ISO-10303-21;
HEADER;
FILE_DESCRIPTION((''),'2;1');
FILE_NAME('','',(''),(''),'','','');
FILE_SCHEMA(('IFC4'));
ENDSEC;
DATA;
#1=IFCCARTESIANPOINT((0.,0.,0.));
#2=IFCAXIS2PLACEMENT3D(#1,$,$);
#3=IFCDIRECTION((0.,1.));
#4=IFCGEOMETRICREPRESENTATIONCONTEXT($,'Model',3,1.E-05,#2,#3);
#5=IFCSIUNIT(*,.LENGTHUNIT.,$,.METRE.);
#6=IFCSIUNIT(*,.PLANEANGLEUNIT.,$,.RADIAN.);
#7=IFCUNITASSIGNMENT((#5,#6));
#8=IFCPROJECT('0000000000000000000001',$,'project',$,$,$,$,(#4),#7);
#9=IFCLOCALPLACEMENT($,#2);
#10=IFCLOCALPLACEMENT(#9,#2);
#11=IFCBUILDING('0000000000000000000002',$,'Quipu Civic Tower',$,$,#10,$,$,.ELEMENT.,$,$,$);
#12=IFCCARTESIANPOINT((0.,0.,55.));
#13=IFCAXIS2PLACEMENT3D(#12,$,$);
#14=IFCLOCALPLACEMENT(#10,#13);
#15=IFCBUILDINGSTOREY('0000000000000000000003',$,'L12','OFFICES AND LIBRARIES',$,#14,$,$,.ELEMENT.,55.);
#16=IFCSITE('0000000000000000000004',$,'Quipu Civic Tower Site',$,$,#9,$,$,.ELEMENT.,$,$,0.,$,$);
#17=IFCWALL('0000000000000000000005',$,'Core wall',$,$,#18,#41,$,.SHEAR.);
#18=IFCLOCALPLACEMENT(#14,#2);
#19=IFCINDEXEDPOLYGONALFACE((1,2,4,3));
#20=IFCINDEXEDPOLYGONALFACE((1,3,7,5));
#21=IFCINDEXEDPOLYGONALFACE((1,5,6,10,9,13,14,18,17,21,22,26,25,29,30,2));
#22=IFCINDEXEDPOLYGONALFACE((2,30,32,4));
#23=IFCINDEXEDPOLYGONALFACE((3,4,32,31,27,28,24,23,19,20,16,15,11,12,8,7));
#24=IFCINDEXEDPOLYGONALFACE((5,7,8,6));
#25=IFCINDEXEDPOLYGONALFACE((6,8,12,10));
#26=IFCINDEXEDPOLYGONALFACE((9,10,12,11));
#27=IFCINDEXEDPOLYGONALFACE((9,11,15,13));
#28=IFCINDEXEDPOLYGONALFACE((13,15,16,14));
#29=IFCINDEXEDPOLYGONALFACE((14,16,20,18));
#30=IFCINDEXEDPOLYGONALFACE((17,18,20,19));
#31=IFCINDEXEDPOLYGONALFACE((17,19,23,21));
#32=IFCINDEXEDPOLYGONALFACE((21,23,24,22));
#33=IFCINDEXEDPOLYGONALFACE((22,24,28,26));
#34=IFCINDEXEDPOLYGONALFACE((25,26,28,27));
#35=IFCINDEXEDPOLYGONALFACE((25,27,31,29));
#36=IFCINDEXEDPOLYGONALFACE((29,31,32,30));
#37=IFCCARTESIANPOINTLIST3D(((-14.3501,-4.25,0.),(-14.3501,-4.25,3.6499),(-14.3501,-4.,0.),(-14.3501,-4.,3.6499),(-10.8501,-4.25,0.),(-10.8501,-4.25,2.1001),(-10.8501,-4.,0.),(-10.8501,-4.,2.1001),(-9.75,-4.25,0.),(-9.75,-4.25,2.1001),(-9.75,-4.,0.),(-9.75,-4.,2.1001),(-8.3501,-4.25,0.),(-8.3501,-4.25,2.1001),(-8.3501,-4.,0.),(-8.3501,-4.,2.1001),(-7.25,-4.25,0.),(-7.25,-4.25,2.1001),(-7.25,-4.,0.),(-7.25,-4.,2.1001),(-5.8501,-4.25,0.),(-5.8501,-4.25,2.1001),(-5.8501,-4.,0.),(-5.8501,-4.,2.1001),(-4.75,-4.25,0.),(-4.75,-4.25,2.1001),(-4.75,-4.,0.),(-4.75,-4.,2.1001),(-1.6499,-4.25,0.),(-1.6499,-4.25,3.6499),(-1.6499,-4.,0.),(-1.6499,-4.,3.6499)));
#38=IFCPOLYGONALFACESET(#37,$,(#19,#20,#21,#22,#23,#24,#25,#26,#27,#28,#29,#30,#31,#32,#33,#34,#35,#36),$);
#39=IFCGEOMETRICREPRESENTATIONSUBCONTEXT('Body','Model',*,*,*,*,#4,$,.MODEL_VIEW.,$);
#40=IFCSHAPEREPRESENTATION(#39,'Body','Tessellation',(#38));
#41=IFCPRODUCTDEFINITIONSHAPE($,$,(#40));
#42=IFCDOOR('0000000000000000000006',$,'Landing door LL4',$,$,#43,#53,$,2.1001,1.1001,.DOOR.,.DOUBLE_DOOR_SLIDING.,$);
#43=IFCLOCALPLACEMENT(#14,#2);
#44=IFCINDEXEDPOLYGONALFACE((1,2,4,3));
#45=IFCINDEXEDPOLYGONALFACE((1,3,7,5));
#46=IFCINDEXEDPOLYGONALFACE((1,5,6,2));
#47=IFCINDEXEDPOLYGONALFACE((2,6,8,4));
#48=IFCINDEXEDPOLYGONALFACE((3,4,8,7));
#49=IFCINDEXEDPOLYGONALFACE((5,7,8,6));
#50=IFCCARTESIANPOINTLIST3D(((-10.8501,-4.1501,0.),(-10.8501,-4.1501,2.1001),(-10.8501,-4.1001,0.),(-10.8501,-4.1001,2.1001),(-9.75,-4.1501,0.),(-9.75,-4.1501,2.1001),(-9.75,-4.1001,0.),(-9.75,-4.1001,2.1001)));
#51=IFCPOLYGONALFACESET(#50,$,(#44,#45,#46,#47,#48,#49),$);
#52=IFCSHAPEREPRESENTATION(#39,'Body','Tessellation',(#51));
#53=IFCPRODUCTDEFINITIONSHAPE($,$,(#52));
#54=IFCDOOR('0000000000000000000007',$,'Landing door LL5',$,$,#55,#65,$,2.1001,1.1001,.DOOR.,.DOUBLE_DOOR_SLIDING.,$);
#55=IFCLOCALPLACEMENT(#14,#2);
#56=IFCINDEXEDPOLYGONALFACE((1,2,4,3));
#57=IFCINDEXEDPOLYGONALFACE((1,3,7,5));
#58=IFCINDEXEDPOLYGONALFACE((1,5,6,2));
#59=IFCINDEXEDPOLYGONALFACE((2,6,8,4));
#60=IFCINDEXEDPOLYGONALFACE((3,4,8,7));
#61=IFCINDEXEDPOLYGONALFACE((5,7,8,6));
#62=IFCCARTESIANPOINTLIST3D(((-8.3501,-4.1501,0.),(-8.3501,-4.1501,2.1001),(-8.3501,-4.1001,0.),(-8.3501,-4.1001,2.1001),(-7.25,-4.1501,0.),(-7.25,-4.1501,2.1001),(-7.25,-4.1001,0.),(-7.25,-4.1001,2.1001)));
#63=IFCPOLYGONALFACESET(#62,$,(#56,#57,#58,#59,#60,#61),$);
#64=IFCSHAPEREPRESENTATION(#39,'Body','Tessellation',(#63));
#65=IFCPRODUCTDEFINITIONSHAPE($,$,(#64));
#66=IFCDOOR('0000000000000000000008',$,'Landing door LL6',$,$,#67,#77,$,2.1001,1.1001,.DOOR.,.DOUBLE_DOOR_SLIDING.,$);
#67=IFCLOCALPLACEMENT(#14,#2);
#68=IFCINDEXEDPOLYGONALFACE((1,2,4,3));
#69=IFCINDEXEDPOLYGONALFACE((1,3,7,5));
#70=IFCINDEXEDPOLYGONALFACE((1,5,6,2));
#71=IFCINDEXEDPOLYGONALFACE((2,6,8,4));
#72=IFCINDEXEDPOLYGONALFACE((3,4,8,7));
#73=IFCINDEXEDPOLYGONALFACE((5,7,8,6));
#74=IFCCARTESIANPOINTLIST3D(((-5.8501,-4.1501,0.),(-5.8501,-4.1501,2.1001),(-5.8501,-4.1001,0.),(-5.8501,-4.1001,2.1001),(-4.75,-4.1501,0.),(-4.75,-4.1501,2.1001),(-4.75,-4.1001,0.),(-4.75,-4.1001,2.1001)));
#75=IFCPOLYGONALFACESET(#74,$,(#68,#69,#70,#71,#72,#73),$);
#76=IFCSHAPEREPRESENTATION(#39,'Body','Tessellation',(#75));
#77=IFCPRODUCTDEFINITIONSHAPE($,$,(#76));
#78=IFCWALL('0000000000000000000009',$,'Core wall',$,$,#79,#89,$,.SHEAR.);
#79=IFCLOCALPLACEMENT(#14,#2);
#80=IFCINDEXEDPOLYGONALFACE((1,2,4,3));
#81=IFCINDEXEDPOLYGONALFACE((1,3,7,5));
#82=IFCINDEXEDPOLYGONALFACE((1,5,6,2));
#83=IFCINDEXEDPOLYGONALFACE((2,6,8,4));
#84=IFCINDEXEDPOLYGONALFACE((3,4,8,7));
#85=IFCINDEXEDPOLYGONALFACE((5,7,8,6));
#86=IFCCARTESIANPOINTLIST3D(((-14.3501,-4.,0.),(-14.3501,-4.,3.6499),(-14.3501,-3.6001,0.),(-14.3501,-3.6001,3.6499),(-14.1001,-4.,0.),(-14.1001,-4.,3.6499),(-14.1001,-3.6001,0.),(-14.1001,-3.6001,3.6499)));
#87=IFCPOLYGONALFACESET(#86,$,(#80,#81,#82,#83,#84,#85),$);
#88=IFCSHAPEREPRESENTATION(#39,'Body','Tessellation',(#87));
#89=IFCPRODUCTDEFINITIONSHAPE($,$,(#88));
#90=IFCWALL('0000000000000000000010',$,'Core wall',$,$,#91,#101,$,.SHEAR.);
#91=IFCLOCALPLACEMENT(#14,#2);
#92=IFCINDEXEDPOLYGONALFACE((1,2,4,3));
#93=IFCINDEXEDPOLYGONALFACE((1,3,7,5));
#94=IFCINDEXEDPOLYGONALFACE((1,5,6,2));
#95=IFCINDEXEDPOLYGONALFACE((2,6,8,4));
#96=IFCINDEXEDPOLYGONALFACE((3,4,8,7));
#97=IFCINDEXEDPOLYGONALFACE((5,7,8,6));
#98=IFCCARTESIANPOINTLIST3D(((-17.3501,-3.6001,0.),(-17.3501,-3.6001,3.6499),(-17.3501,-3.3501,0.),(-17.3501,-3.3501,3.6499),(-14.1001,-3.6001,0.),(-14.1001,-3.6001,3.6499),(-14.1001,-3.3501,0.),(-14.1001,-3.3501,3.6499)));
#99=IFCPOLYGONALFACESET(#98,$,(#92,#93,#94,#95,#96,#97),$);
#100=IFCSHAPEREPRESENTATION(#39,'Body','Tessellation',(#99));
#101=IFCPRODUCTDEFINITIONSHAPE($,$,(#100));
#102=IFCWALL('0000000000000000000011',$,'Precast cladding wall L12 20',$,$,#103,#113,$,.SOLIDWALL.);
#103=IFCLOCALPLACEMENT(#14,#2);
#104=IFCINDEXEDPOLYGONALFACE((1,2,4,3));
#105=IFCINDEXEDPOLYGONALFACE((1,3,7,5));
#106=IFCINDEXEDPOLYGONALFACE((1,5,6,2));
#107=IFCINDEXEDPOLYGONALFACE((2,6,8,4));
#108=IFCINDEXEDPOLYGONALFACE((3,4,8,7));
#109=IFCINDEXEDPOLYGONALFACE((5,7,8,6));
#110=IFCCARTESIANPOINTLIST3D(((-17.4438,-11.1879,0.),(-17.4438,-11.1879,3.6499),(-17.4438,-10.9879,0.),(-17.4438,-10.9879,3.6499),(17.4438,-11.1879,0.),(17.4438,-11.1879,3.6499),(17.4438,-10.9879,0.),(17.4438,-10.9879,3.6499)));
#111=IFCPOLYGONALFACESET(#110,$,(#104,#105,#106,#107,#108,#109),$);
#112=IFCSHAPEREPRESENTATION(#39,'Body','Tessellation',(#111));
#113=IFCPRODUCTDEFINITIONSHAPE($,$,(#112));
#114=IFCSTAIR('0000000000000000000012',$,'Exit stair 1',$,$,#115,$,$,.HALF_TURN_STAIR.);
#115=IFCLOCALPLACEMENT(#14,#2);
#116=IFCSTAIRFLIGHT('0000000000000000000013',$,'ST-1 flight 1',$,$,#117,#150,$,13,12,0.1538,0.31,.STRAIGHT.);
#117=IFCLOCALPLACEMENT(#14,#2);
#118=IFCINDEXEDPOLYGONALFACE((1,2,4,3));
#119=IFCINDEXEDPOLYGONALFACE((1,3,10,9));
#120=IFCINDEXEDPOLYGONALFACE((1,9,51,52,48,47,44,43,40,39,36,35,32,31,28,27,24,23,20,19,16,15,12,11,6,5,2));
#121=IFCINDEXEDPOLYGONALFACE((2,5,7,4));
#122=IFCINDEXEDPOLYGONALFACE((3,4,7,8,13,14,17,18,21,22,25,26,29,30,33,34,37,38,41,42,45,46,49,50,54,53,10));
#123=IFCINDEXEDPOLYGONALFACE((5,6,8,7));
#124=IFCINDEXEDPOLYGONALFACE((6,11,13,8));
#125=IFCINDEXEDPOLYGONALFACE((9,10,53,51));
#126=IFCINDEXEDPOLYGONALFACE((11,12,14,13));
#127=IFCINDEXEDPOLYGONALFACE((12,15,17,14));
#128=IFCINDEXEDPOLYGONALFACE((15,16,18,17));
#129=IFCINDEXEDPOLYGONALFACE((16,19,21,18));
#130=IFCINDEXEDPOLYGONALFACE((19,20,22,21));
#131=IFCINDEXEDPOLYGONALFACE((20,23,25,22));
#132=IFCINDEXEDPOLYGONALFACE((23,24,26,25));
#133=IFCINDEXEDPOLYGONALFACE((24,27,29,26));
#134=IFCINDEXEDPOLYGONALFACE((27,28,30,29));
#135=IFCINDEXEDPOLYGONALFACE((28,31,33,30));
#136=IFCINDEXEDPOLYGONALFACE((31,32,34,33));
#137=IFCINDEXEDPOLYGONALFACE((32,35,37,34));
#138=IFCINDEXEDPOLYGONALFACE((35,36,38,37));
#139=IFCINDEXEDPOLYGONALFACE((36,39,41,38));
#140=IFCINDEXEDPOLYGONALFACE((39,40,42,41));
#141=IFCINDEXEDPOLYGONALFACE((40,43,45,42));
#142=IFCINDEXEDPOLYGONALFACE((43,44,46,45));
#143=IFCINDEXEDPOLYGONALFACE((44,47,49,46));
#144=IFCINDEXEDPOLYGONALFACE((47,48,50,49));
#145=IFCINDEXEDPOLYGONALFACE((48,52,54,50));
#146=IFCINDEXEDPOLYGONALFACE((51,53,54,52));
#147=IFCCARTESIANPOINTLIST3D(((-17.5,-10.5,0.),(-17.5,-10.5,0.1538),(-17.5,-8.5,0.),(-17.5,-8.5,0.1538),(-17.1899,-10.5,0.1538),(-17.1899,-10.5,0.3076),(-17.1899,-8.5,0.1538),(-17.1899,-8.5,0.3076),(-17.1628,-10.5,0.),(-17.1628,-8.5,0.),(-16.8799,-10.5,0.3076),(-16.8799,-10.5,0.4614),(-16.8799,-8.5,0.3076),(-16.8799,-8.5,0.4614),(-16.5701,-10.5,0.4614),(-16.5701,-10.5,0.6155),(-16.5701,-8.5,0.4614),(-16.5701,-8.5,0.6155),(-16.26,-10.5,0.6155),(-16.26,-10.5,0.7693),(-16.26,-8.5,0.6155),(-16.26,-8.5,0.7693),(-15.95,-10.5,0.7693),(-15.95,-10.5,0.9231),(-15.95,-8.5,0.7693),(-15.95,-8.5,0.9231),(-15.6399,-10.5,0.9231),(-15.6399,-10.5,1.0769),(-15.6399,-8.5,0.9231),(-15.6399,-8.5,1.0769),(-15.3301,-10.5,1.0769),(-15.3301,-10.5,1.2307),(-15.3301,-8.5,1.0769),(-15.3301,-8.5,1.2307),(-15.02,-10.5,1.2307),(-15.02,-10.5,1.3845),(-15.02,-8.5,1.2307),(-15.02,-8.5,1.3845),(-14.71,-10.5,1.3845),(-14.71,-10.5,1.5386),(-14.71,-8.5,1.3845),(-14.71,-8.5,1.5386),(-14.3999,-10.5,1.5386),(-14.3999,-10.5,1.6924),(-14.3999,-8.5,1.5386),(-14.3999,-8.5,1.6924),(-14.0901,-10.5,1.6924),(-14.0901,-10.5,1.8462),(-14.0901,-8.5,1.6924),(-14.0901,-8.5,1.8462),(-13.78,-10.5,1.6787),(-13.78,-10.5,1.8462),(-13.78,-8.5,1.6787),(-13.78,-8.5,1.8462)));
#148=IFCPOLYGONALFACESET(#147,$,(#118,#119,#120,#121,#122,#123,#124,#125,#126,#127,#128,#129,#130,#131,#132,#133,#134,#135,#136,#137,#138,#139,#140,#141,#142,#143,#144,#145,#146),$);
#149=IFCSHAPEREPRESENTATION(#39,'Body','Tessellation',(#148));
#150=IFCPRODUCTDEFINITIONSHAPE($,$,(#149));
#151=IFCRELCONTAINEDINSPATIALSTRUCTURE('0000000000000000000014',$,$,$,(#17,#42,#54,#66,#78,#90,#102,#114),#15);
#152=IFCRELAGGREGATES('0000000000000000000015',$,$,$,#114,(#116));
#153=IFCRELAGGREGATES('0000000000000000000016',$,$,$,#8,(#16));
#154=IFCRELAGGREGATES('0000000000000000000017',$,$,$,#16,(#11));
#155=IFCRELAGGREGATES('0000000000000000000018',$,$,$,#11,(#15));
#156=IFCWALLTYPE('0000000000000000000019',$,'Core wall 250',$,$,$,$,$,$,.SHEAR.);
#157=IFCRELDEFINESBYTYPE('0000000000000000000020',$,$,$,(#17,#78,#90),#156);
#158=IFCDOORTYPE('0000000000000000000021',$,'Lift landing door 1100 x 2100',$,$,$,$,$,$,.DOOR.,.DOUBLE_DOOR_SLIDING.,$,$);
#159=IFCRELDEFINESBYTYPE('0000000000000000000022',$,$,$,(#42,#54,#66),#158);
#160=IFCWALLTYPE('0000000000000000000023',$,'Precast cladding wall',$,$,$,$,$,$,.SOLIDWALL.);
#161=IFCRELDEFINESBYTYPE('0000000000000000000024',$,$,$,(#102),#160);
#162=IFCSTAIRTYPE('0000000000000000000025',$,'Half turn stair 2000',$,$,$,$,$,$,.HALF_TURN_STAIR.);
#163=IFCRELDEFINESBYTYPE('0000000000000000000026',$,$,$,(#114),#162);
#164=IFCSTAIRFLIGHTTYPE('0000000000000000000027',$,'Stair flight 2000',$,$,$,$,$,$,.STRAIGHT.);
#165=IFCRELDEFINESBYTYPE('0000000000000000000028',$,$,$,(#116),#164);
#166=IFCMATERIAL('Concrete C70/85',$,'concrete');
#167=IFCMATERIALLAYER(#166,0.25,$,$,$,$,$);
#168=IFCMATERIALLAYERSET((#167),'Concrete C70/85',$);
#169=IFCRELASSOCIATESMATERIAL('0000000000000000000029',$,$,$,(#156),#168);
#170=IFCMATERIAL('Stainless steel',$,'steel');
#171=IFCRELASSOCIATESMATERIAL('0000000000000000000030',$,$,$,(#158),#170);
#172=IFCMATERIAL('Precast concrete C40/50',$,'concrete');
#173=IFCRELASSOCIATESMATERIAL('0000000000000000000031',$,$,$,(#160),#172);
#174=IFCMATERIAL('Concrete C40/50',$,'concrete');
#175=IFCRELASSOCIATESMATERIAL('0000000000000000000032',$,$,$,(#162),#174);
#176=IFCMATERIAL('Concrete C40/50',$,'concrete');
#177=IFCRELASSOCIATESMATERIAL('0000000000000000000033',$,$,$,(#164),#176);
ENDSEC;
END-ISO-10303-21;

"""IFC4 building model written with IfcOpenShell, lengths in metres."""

from ifc_helpers import new_model, si_unit, direction, frame, frame_2d, origin, place, context, subcontext, project, spatial, polyline, rectangle, outline, extrude, material, layer, layer_set, type_object, element, fill, aggregate, save


model = new_model("IFC4")

# Units and contexts
model_context = context("Model", 3, precision=1e-05, world=origin(), true_north=direction((0.0, 1.0)))
body_context = subcontext(model_context, "Body", "Model", "MODEL_VIEW")
ifc_project = project(units=[si_unit("LENGTHUNIT", "METRE"), si_unit("PLANEANGLEUNIT", "RADIAN")], contexts=[model_context])

# Site, building, storey
site_placement = place(None, origin())
site = spatial("IfcSite", under=ifc_project, at=site_placement, Name="Quipu Civic Tower Site", CompositionType="ELEMENT", RefElevation=0.0)
building_placement = place(site_placement, origin())
building = spatial("IfcBuilding", under=site, at=building_placement, Name="Quipu Civic Tower", CompositionType="ELEMENT")
storey_placement = place(building_placement, frame((0.0, 0.0, 55.0)))
storey = spatial("IfcBuildingStorey", under=building, at=storey_placement, Name="L12", Description="OFFICES AND LIBRARIES", CompositionType="ELEMENT", Elevation=55.0)

# Shared definitions
ifc_material_1 = material(Name="Concrete C70/85", Category="concrete")
ifc_layer = layer(ifc_material_1, 0.25)
ifc_layer_set = layer_set([ifc_layer], Name="Concrete C70/85")
wall_type_1 = type_object("IfcWallType", Name="Core wall 250", PredefinedType="SHEAR", material=ifc_layer_set)

# Wall, openings, doors
wall_1_placement = place(storey_placement, frame((-14.3501, -4.125, 0.0), z_axis=(0.0, 0.0, 1.0), x_axis=(1.0, 0.0, 0.0)))
wall_1 = element("IfcWall", 1, at=wall_1_placement, inside=storey, type_object=wall_type_1, Name="Core wall", PredefinedType="SHEAR", context=body_context, shape_type="SweptSolid", body=[
    extrude(rectangle(XDim=12.7002, YDim=0.25, at=frame_2d((6.3501, 0.0))), origin(), (0.0, 0.0, 1.0), 3.6499),
])
opening_1_placement = place(wall_1_placement, frame((3.5, 0.0, 0.0)))
opening_1 = element("IfcOpeningElement", 2, at=opening_1_placement, cuts=wall_1, PredefinedType="OPENING", context=body_context, shape_type="SweptSolid", body=[
    extrude(rectangle(XDim=1.1001, YDim=2.1001, at=frame_2d((0.55, 1.05))), frame((0.0, 0.135, 0.0), z_axis=(0.0, -1.0, 0.0), x_axis=(1.0, 0.0, 0.0)), (0.0, 0.0, 1.0), 0.27),
])
opening_2_placement = place(wall_1_placement, frame((6.0, 0.0, 0.0)))
opening_2 = element("IfcOpeningElement", 3, at=opening_2_placement, cuts=wall_1, PredefinedType="OPENING", context=body_context, shape_type="SweptSolid", body=[
    extrude(rectangle(XDim=1.1001, YDim=2.1001, at=frame_2d((0.55, 1.05))), frame((0.0, 0.135, 0.0), z_axis=(0.0, -1.0, 0.0), x_axis=(1.0, 0.0, 0.0)), (0.0, 0.0, 1.0), 0.27),
])
opening_3_placement = place(wall_1_placement, frame((8.5, 0.0, 0.0)))
opening_3 = element("IfcOpeningElement", 4, at=opening_3_placement, cuts=wall_1, PredefinedType="OPENING", context=body_context, shape_type="SweptSolid", body=[
    extrude(rectangle(XDim=1.1001, YDim=2.1001, at=frame_2d((0.55, 1.05))), frame((0.0, 0.135, 0.0), z_axis=(0.0, -1.0, 0.0), x_axis=(1.0, 0.0, 0.0)), (0.0, 0.0, 1.0), 0.27),
])
ifc_material_2 = material(Name="Stainless steel", Category="steel")
door_type_1 = type_object("IfcDoorType", Name="Lift landing door 1100 x 2100", OperationType="DOUBLE_DOOR_SLIDING", PredefinedType="DOOR", material=ifc_material_2)
door_1_placement = place(opening_1_placement, origin())
door_1 = element("IfcDoor", 5, at=door_1_placement, inside=storey, type_object=door_type_1, Name="Landing door LL4", OperationType="DOUBLE_DOOR_SLIDING", OverallHeight=2.1001, OverallWidth=1.1001, PredefinedType="DOOR", context=body_context, shape_type="SweptSolid", body=[
    extrude(rectangle(XDim=1.1001, YDim=2.1001, at=frame_2d((0.55, 1.05))), frame((0.0, 0.0249, 0.0), z_axis=(0.0, -1.0, 0.0), x_axis=(1.0, 0.0, 0.0)), (0.0, 0.0, 1.0), 0.05),
])
fill(opening_1, door_1)
door_2_placement = place(opening_2_placement, origin())
door_2 = element("IfcDoor", 6, at=door_2_placement, inside=storey, type_object=door_type_1, Name="Landing door LL5", OperationType="DOUBLE_DOOR_SLIDING", OverallHeight=2.1001, OverallWidth=1.1001, PredefinedType="DOOR", context=body_context, shape_type="SweptSolid", body=[
    extrude(rectangle(XDim=1.1001, YDim=2.1001, at=frame_2d((0.55, 1.05))), frame((0.0, 0.0249, 0.0), z_axis=(0.0, -1.0, 0.0), x_axis=(1.0, 0.0, 0.0)), (0.0, 0.0, 1.0), 0.05),
])
fill(opening_2, door_2)
door_3_placement = place(opening_3_placement, origin())
door_3 = element("IfcDoor", 7, at=door_3_placement, inside=storey, type_object=door_type_1, Name="Landing door LL6", OperationType="DOUBLE_DOOR_SLIDING", OverallHeight=2.1001, OverallWidth=1.1001, PredefinedType="DOOR", context=body_context, shape_type="SweptSolid", body=[
    extrude(rectangle(XDim=1.1001, YDim=2.1001, at=frame_2d((0.55, 1.05))), frame((0.0, 0.0249, 0.0), z_axis=(0.0, -1.0, 0.0), x_axis=(1.0, 0.0, 0.0)), (0.0, 0.0, 1.0), 0.05),
])
fill(opening_3, door_3)

# Walls
wall_2_placement = place(storey_placement, frame((-14.2251, -4.0, 0.0), z_axis=(0.0, 0.0, 1.0), x_axis=(0.0, 1.0, 0.0)))
element("IfcWall", 8, at=wall_2_placement, inside=storey, type_object=wall_type_1, Name="Core wall", PredefinedType="SHEAR", context=body_context, shape_type="SweptSolid", body=[
    extrude(rectangle(XDim=0.3999, YDim=0.25, at=frame_2d((0.2, 0.0))), origin(), (0.0, 0.0, 1.0), 3.6499),
])
wall_3_placement = place(storey_placement, frame((-17.3501, -3.4751, 0.0), z_axis=(0.0, 0.0, 1.0), x_axis=(1.0, 0.0, 0.0)))
element("IfcWall", 9, at=wall_3_placement, inside=storey, type_object=wall_type_1, Name="Core wall", PredefinedType="SHEAR", context=body_context, shape_type="SweptSolid", body=[
    extrude(rectangle(XDim=3.25, YDim=0.25, at=frame_2d((1.625, 0.0))), origin(), (0.0, 0.0, 1.0), 3.6499),
])
ifc_material_3 = material(Name="Precast concrete C40/50", Category="concrete")
wall_type_2 = type_object("IfcWallType", Name="Precast cladding wall", PredefinedType="SOLIDWALL", material=ifc_material_3)
wall_4_placement = place(storey_placement, frame((-17.4438, -11.0879, 0.0), z_axis=(0.0, 0.0, 1.0), x_axis=(1.0, 0.0, 0.0)))
element("IfcWall", 10, at=wall_4_placement, inside=storey, type_object=wall_type_2, Name="Precast cladding wall L12 20", PredefinedType="SOLIDWALL", context=body_context, shape_type="SweptSolid", body=[
    extrude(rectangle(XDim=34.8877, YDim=0.2, at=frame_2d((17.4438, 0.0))), origin(), (0.0, 0.0, 1.0), 3.6499),
])

# Stair, stair flight
ifc_material_4 = material(Name="Concrete C40/50", Category="concrete")
stair_type = type_object("IfcStairType", Name="Half turn stair 2000", PredefinedType="HALF_TURN_STAIR", material=ifc_material_4)
stair_placement = place(storey_placement, origin())
stair = element("IfcStair", 11, at=stair_placement, inside=storey, type_object=stair_type, Name="Exit stair 1", PredefinedType="HALF_TURN_STAIR")
ifc_material_5 = material(Name="Concrete C40/50", Category="concrete")
stair_flight_type = type_object("IfcStairFlightType", Name="Stair flight 2000", PredefinedType="STRAIGHT", material=ifc_material_5)
stair_flight_1_placement = place(storey_placement, frame((-17.5, -9.5, 0.0), z_axis=(0.0, 0.0, 1.0), x_axis=(1.0, 0.0, 0.0)))
stair_flight_1 = element("IfcStairFlight", 12, at=stair_flight_1_placement, type_object=stair_flight_type, Name="ST-1 flight 1", NumberOfRisers=13, NumberOfTreads=12, PredefinedType="STRAIGHT", RiserHeight=0.1538, TreadLength=0.31, context=body_context, shape_type="SweptSolid", body=[
    extrude(outline(polyline([(0.0, 0.0), (0.0, 0.1538), (0.3101, 0.1538), (0.3101, 0.3076), (0.6201, 0.3076), (0.6201, 0.4614), (0.9299, 0.4614), (0.9299, 0.6155), (1.24, 0.6155), (1.24, 0.7693), (1.55, 0.7693), (1.55, 0.9231), (1.8601, 0.9231), (1.8601, 1.0769), (2.1699, 1.0769), (2.1699, 1.2307), (2.48, 1.2307), (2.48, 1.3845), (2.79, 1.3845), (2.79, 1.5386), (3.1001, 1.5386), (3.1001, 1.6924), (3.4099, 1.6924), (3.4099, 1.8462), (3.72, 1.8462), (3.72, 2.0), (3.72, 1.6787), (0.3372, 0.0), (0.0, 0.0)])), frame((0.0, 1.0, 0.0), z_axis=(0.0, -1.0, 0.0), x_axis=(1.0, 0.0, 0.0)), (0.0, 0.0, 1.0), 2.0),
])
aggregate(stair, [stair_flight_1])

save(model, "model.ifc")
